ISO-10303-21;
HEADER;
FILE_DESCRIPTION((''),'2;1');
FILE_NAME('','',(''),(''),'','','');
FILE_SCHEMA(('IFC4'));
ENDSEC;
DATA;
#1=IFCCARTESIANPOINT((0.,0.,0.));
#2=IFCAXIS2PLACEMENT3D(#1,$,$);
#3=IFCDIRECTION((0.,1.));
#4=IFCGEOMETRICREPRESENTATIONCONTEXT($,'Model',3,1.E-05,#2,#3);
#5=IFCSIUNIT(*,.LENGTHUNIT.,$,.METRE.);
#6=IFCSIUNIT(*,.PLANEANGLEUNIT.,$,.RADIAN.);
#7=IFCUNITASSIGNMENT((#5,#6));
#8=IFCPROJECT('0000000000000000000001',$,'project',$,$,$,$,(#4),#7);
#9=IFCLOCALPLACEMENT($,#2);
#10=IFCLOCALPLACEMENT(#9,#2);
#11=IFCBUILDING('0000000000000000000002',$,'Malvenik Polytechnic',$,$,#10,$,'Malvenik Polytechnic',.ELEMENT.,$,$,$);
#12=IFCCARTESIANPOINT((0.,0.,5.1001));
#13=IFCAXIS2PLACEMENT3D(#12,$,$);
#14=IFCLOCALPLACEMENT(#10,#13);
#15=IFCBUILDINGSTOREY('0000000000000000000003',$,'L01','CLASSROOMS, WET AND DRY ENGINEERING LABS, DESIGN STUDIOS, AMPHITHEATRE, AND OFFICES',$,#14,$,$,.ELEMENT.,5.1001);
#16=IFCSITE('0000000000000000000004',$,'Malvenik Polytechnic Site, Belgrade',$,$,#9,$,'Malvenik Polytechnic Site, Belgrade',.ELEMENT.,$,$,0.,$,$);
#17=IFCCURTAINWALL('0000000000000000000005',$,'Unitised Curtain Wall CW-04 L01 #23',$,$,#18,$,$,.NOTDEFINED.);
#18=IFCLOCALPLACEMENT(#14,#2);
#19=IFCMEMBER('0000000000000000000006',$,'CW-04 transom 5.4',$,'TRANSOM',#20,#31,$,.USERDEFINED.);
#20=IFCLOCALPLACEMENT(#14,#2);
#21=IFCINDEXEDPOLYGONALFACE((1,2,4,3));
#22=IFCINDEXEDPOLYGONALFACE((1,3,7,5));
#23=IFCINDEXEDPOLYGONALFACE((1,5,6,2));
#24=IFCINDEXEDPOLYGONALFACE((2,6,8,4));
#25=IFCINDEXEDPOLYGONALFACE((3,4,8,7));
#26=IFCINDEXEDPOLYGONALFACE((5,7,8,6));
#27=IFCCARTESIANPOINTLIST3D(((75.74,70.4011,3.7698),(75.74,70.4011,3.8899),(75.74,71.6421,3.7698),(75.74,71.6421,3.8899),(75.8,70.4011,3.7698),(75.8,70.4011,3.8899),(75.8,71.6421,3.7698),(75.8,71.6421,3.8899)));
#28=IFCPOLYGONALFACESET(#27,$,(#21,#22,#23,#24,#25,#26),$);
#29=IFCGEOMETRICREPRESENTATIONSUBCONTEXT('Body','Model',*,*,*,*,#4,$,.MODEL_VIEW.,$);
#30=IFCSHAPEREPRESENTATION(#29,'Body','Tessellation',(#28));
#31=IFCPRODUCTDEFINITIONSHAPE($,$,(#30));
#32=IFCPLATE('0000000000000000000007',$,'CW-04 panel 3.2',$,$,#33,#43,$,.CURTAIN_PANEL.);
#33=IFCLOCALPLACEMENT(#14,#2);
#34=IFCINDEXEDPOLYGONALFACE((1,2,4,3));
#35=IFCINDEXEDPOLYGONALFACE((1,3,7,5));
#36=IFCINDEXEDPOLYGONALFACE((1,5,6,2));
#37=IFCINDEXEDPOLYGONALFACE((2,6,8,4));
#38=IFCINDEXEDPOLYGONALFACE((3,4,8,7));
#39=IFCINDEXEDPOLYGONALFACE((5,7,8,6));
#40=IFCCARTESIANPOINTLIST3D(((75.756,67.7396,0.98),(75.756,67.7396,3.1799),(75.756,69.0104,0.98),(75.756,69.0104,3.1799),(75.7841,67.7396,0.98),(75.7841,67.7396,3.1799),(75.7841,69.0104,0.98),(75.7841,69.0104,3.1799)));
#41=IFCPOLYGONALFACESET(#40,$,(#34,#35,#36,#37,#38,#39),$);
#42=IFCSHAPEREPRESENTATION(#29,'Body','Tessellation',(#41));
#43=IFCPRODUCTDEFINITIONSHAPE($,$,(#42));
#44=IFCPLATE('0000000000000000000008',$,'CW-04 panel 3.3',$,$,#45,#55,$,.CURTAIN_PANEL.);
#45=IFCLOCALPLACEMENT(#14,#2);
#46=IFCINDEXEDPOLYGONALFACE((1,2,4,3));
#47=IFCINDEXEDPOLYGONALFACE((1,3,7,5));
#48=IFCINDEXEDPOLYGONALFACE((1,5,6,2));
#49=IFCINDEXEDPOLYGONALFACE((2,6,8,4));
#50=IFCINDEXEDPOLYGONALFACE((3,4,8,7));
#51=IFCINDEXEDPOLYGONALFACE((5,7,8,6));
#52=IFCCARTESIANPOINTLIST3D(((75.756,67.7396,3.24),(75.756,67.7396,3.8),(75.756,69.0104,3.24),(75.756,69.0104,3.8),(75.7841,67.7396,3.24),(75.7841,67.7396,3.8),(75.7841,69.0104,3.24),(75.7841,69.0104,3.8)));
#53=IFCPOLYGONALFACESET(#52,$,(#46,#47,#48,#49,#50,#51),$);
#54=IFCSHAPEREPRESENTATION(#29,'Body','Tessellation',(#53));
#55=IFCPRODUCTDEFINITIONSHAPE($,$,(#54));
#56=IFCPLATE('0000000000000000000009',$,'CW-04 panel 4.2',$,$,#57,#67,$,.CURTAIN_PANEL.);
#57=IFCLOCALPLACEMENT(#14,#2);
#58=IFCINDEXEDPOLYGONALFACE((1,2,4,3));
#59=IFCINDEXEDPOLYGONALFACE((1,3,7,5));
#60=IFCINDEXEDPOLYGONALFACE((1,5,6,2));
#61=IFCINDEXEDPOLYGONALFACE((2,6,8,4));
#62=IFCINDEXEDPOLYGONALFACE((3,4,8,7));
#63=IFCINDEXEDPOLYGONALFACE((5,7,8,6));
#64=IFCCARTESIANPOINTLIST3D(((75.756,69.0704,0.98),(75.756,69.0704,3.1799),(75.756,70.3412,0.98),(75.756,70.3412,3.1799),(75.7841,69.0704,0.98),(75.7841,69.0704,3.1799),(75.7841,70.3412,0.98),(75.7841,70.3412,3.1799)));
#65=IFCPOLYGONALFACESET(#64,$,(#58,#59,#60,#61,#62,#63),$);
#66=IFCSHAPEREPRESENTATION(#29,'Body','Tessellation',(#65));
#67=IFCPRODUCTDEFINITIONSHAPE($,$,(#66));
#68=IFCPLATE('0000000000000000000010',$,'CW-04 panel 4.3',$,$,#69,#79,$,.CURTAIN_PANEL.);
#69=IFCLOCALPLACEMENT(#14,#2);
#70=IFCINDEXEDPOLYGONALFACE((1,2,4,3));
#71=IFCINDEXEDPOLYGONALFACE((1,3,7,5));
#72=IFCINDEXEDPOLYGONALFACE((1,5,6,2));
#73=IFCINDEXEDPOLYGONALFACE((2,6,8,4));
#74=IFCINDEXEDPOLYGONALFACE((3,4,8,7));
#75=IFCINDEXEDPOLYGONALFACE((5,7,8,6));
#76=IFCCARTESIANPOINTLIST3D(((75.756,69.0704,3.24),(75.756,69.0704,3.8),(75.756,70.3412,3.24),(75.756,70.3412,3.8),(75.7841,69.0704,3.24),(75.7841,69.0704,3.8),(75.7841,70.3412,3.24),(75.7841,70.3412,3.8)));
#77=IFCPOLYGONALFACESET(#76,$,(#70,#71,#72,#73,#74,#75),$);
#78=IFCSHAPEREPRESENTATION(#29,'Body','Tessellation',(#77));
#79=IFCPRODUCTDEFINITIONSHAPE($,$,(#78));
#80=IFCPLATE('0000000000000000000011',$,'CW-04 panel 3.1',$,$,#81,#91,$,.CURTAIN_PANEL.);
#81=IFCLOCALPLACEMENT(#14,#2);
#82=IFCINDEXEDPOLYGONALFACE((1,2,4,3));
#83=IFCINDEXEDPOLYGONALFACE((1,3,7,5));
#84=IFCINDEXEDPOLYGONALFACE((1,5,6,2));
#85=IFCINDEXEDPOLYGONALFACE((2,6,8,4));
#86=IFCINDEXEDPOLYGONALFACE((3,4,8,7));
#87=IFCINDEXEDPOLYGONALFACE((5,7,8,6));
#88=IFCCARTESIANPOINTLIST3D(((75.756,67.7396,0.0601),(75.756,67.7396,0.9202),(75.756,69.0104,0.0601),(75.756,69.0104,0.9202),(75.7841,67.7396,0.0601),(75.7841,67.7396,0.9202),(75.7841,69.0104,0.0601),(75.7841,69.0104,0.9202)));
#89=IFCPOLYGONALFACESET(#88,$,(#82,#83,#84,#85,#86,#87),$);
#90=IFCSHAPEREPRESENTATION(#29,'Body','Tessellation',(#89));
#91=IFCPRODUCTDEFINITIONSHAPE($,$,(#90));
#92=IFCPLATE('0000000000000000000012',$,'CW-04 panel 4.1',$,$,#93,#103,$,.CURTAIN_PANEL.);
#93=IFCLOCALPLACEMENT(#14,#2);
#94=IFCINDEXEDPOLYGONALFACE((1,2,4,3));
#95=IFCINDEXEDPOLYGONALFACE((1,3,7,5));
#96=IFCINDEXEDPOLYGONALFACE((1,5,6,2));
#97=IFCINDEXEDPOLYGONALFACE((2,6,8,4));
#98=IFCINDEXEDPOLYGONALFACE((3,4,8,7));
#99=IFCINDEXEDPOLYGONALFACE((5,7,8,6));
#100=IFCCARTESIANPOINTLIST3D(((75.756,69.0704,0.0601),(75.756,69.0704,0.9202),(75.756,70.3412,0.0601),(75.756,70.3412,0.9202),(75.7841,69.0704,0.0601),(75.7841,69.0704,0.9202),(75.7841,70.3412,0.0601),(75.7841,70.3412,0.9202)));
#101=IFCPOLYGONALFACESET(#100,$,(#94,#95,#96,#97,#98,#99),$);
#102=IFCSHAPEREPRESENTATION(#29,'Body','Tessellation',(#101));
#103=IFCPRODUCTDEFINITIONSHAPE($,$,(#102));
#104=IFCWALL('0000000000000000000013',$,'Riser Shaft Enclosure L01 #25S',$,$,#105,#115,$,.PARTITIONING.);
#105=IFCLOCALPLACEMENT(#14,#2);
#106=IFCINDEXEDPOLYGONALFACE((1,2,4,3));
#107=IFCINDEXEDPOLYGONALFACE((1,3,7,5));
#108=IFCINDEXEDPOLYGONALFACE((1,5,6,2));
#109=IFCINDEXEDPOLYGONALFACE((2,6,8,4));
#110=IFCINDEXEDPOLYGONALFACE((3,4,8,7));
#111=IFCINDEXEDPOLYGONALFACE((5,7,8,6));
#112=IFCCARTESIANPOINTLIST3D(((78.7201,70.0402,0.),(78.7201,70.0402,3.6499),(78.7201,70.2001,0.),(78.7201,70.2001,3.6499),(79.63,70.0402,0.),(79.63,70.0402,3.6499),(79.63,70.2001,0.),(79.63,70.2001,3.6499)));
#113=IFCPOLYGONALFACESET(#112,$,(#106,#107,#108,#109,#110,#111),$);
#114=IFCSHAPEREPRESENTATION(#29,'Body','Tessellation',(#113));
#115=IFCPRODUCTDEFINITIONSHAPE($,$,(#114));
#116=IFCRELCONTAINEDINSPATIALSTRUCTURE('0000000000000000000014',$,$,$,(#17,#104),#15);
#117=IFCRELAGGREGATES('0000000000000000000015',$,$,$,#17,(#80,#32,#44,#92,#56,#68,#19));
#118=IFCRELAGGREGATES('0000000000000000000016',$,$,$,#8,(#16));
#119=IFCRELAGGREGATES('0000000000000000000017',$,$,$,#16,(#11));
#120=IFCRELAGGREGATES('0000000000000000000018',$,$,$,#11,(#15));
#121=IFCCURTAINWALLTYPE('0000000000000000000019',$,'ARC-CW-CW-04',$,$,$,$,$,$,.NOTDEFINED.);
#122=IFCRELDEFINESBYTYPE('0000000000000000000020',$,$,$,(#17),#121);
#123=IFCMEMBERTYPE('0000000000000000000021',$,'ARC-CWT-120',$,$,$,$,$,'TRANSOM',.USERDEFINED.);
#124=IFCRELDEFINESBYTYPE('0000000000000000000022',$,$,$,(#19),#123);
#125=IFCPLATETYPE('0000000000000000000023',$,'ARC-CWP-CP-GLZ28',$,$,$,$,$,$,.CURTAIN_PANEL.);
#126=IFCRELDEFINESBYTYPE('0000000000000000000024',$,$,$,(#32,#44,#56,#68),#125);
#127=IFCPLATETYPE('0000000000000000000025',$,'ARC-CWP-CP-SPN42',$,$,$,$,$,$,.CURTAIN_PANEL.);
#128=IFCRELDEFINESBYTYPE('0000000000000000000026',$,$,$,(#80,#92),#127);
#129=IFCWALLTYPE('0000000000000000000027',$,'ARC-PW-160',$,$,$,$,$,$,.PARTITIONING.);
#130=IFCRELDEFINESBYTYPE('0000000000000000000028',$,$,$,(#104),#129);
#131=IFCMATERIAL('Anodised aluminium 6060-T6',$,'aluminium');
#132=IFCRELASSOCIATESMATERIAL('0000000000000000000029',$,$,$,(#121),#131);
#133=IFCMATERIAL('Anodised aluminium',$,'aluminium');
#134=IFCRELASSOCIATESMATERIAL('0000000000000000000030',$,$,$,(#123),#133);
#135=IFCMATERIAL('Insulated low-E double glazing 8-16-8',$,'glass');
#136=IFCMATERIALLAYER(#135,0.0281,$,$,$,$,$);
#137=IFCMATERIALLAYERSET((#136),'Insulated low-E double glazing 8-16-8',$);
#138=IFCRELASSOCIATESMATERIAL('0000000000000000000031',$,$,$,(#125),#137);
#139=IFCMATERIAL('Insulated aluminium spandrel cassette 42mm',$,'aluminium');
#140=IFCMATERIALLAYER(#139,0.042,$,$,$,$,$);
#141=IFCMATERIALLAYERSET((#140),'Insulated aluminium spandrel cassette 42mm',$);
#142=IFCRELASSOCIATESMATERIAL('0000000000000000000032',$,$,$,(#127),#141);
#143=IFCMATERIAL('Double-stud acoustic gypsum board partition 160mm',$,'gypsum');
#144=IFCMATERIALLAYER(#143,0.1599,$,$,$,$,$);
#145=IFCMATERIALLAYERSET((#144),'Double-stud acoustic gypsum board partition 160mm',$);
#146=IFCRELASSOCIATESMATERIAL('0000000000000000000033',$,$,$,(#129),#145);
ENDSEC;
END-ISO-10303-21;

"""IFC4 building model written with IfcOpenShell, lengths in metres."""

from ifc_helpers import new_model, si_unit, direction, frame, frame_2d, origin, origin_2d, place, context, subcontext, project, spatial, rectangle, extrude, material, layer, layer_set, material_profile, profile_set, type_object, element, aggregate, save


model = new_model("IFC4")

# Units and contexts
model_context = context("Model", 3, precision=1e-05, world=origin(), true_north=direction((0.0, 1.0)))
body_context = subcontext(model_context, "Body", "Model", "MODEL_VIEW")
ifc_project = project(units=[si_unit("LENGTHUNIT", "METRE"), si_unit("PLANEANGLEUNIT", "RADIAN")], contexts=[model_context])

# Site, building, storey
site_placement = place(None, origin())
site = spatial("IfcSite", under=ifc_project, at=site_placement, Name="Malvenik Polytechnic Site, Belgrade", LongName="Malvenik Polytechnic Site, Belgrade", CompositionType="ELEMENT", RefElevation=0.0)
building_placement = place(site_placement, origin())
building = spatial("IfcBuilding", under=site, at=building_placement, Name="Malvenik Polytechnic", LongName="Malvenik Polytechnic", CompositionType="ELEMENT")
storey_placement = place(building_placement, frame((0.0, 0.0, 5.1001)))
storey = spatial("IfcBuildingStorey", under=building, at=storey_placement, Name="L01", Description="CLASSROOMS, WET AND DRY ENGINEERING LABS, DESIGN STUDIOS, AMPHITHEATRE, AND OFFICES", CompositionType="ELEMENT", Elevation=5.1001)

# Curtain wall, member, plates
ifc_material_1 = material(Name="Anodised aluminium 6060-T6", Category="aluminium")
curtain_wall_type = type_object("IfcCurtainWallType", Name="ARC-CW-CW-04", PredefinedType="NOTDEFINED", material=ifc_material_1)
curtain_wall_placement = place(storey_placement, origin())
curtain_wall = element("IfcCurtainWall", 1, at=curtain_wall_placement, inside=storey, type_object=curtain_wall_type, Name="Unitised Curtain Wall CW-04 L01 #23", PredefinedType="NOTDEFINED")
ifc_material_2 = material(Name="Anodised aluminium", Category="aluminium")
ifc_material_profile_1 = material_profile(ifc_material_2, rectangle(XDim=0.0601, YDim=0.1201, at=origin_2d()), Name="ALU TRANSOM 60x120")
ifc_profile_set_1 = profile_set([ifc_material_profile_1], Name="Anodised aluminium")
member_type_1 = type_object("IfcMemberType", Name="ARC-CWT-120", ElementType="TRANSOM", PredefinedType="USERDEFINED", material=ifc_profile_set_1)
member_1_placement = place(storey_placement, frame((75.77, 70.4011, 3.8298), z_axis=(0.0, 1.0, 0.0), x_axis=(-1.0, 0.0, 0.0)))
member_1 = element("IfcMember", 2, at=member_1_placement, type_object=member_type_1, Name="CW-04 transom 5.4", ObjectType="TRANSOM", PredefinedType="USERDEFINED", context=body_context, shape_type="SweptSolid", body=[
    extrude(rectangle(XDim=0.0601, YDim=0.1201, at=origin_2d()), origin(), (0.0, 0.0, 1.0), 1.241),
])
ifc_material_3 = material(Name="Insulated low-E double glazing 8-16-8", Category="glass")
ifc_layer_1 = layer(ifc_material_3, 0.0281)
ifc_layer_set_1 = layer_set([ifc_layer_1], Name="Insulated low-E double glazing 8-16-8")
plate_type_1 = type_object("IfcPlateType", Name="ARC-CWP-CP-GLZ28", PredefinedType="CURTAIN_PANEL", material=ifc_layer_set_1)
plate_1_placement = place(storey_placement, frame((75.77, 68.375, 0.98), z_axis=(0.0, 0.0, 1.0), x_axis=(0.0, 1.0, 0.0)))
plate_1 = element("IfcPlate", 3, at=plate_1_placement, type_object=plate_type_1, Name="CW-04 panel 3.2", PredefinedType="CURTAIN_PANEL", context=body_context, shape_type="SweptSolid", body=[
    extrude(rectangle(XDim=1.2708, YDim=0.0281, at=origin_2d()), origin(), (0.0, 0.0, 1.0), 2.2),
])
plate_2_placement = place(storey_placement, frame((75.77, 68.375, 3.24), z_axis=(0.0, 0.0, 1.0), x_axis=(0.0, 1.0, 0.0)))
plate_2 = element("IfcPlate", 4, at=plate_2_placement, type_object=plate_type_1, Name="CW-04 panel 3.3", PredefinedType="CURTAIN_PANEL", context=body_context, shape_type="SweptSolid", body=[
    extrude(rectangle(XDim=1.2708, YDim=0.0281, at=origin_2d()), origin(), (0.0, 0.0, 1.0), 0.5601),
])
plate_3_placement = place(storey_placement, frame((75.77, 69.7058, 0.98), z_axis=(0.0, 0.0, 1.0), x_axis=(0.0, 1.0, 0.0)))
plate_3 = element("IfcPlate", 5, at=plate_3_placement, type_object=plate_type_1, Name="CW-04 panel 4.2", PredefinedType="CURTAIN_PANEL", context=body_context, shape_type="SweptSolid", body=[
    extrude(rectangle(XDim=1.2708, YDim=0.0281, at=origin_2d()), origin(), (0.0, 0.0, 1.0), 2.2),
])
plate_4_placement = place(storey_placement, frame((75.77, 69.7058, 3.24), z_axis=(0.0, 0.0, 1.0), x_axis=(0.0, 1.0, 0.0)))
plate_4 = element("IfcPlate", 6, at=plate_4_placement, type_object=plate_type_1, Name="CW-04 panel 4.3", PredefinedType="CURTAIN_PANEL", context=body_context, shape_type="SweptSolid", body=[
    extrude(rectangle(XDim=1.2708, YDim=0.0281, at=origin_2d()), origin(), (0.0, 0.0, 1.0), 0.5601),
])
ifc_material_4 = material(Name="Insulated aluminium spandrel cassette 42mm", Category="aluminium")
ifc_layer_2 = layer(ifc_material_4, 0.042)
ifc_layer_set_2 = layer_set([ifc_layer_2], Name="Insulated aluminium spandrel cassette 42mm")
plate_type_2 = type_object("IfcPlateType", Name="ARC-CWP-CP-SPN42", PredefinedType="CURTAIN_PANEL", material=ifc_layer_set_2)
plate_5_placement = place(storey_placement, frame((75.77, 68.375, 0.0601), z_axis=(0.0, 0.0, 1.0), x_axis=(0.0, 1.0, 0.0)))
plate_5 = element("IfcPlate", 7, at=plate_5_placement, type_object=plate_type_2, Name="CW-04 panel 3.1", PredefinedType="CURTAIN_PANEL", context=body_context, shape_type="SweptSolid", body=[
    extrude(rectangle(XDim=1.2708, YDim=0.0281, at=origin_2d()), origin(), (0.0, 0.0, 1.0), 0.8601),
])
plate_6_placement = place(storey_placement, frame((75.77, 69.7058, 0.0601), z_axis=(0.0, 0.0, 1.0), x_axis=(0.0, 1.0, 0.0)))
plate_6 = element("IfcPlate", 8, at=plate_6_placement, type_object=plate_type_2, Name="CW-04 panel 4.1", PredefinedType="CURTAIN_PANEL", context=body_context, shape_type="SweptSolid", body=[
    extrude(rectangle(XDim=1.2708, YDim=0.0281, at=origin_2d()), origin(), (0.0, 0.0, 1.0), 0.8601),
])
aggregate(curtain_wall, [plate_5, plate_1, plate_2, plate_6, plate_3, plate_4, member_1])

# Wall
ifc_material_5 = material(Name="Double-stud acoustic gypsum board partition 160mm", Category="gypsum")
ifc_layer_3 = layer(ifc_material_5, 0.1599)
ifc_layer_set_3 = layer_set([ifc_layer_3], Name="Double-stud acoustic gypsum board partition 160mm")
wall_type = type_object("IfcWallType", Name="ARC-PW-160", PredefinedType="PARTITIONING", material=ifc_layer_set_3)
wall_placement = place(storey_placement, frame((78.72, 70.1201, 0.0), z_axis=(0.0, 0.0, 1.0), x_axis=(1.0, 0.0, 0.0)))
element("IfcWall", 9, at=wall_placement, inside=storey, type_object=wall_type, Name="Riser Shaft Enclosure L01 #25S", PredefinedType="PARTITIONING", context=body_context, shape_type="SweptSolid", body=[
    extrude(rectangle(XDim=0.9099, YDim=0.1599, at=frame_2d((0.4551, 0.0))), origin(), (0.0, 0.0, 1.0), 3.6499),
])

save(model, "model.ifc")
